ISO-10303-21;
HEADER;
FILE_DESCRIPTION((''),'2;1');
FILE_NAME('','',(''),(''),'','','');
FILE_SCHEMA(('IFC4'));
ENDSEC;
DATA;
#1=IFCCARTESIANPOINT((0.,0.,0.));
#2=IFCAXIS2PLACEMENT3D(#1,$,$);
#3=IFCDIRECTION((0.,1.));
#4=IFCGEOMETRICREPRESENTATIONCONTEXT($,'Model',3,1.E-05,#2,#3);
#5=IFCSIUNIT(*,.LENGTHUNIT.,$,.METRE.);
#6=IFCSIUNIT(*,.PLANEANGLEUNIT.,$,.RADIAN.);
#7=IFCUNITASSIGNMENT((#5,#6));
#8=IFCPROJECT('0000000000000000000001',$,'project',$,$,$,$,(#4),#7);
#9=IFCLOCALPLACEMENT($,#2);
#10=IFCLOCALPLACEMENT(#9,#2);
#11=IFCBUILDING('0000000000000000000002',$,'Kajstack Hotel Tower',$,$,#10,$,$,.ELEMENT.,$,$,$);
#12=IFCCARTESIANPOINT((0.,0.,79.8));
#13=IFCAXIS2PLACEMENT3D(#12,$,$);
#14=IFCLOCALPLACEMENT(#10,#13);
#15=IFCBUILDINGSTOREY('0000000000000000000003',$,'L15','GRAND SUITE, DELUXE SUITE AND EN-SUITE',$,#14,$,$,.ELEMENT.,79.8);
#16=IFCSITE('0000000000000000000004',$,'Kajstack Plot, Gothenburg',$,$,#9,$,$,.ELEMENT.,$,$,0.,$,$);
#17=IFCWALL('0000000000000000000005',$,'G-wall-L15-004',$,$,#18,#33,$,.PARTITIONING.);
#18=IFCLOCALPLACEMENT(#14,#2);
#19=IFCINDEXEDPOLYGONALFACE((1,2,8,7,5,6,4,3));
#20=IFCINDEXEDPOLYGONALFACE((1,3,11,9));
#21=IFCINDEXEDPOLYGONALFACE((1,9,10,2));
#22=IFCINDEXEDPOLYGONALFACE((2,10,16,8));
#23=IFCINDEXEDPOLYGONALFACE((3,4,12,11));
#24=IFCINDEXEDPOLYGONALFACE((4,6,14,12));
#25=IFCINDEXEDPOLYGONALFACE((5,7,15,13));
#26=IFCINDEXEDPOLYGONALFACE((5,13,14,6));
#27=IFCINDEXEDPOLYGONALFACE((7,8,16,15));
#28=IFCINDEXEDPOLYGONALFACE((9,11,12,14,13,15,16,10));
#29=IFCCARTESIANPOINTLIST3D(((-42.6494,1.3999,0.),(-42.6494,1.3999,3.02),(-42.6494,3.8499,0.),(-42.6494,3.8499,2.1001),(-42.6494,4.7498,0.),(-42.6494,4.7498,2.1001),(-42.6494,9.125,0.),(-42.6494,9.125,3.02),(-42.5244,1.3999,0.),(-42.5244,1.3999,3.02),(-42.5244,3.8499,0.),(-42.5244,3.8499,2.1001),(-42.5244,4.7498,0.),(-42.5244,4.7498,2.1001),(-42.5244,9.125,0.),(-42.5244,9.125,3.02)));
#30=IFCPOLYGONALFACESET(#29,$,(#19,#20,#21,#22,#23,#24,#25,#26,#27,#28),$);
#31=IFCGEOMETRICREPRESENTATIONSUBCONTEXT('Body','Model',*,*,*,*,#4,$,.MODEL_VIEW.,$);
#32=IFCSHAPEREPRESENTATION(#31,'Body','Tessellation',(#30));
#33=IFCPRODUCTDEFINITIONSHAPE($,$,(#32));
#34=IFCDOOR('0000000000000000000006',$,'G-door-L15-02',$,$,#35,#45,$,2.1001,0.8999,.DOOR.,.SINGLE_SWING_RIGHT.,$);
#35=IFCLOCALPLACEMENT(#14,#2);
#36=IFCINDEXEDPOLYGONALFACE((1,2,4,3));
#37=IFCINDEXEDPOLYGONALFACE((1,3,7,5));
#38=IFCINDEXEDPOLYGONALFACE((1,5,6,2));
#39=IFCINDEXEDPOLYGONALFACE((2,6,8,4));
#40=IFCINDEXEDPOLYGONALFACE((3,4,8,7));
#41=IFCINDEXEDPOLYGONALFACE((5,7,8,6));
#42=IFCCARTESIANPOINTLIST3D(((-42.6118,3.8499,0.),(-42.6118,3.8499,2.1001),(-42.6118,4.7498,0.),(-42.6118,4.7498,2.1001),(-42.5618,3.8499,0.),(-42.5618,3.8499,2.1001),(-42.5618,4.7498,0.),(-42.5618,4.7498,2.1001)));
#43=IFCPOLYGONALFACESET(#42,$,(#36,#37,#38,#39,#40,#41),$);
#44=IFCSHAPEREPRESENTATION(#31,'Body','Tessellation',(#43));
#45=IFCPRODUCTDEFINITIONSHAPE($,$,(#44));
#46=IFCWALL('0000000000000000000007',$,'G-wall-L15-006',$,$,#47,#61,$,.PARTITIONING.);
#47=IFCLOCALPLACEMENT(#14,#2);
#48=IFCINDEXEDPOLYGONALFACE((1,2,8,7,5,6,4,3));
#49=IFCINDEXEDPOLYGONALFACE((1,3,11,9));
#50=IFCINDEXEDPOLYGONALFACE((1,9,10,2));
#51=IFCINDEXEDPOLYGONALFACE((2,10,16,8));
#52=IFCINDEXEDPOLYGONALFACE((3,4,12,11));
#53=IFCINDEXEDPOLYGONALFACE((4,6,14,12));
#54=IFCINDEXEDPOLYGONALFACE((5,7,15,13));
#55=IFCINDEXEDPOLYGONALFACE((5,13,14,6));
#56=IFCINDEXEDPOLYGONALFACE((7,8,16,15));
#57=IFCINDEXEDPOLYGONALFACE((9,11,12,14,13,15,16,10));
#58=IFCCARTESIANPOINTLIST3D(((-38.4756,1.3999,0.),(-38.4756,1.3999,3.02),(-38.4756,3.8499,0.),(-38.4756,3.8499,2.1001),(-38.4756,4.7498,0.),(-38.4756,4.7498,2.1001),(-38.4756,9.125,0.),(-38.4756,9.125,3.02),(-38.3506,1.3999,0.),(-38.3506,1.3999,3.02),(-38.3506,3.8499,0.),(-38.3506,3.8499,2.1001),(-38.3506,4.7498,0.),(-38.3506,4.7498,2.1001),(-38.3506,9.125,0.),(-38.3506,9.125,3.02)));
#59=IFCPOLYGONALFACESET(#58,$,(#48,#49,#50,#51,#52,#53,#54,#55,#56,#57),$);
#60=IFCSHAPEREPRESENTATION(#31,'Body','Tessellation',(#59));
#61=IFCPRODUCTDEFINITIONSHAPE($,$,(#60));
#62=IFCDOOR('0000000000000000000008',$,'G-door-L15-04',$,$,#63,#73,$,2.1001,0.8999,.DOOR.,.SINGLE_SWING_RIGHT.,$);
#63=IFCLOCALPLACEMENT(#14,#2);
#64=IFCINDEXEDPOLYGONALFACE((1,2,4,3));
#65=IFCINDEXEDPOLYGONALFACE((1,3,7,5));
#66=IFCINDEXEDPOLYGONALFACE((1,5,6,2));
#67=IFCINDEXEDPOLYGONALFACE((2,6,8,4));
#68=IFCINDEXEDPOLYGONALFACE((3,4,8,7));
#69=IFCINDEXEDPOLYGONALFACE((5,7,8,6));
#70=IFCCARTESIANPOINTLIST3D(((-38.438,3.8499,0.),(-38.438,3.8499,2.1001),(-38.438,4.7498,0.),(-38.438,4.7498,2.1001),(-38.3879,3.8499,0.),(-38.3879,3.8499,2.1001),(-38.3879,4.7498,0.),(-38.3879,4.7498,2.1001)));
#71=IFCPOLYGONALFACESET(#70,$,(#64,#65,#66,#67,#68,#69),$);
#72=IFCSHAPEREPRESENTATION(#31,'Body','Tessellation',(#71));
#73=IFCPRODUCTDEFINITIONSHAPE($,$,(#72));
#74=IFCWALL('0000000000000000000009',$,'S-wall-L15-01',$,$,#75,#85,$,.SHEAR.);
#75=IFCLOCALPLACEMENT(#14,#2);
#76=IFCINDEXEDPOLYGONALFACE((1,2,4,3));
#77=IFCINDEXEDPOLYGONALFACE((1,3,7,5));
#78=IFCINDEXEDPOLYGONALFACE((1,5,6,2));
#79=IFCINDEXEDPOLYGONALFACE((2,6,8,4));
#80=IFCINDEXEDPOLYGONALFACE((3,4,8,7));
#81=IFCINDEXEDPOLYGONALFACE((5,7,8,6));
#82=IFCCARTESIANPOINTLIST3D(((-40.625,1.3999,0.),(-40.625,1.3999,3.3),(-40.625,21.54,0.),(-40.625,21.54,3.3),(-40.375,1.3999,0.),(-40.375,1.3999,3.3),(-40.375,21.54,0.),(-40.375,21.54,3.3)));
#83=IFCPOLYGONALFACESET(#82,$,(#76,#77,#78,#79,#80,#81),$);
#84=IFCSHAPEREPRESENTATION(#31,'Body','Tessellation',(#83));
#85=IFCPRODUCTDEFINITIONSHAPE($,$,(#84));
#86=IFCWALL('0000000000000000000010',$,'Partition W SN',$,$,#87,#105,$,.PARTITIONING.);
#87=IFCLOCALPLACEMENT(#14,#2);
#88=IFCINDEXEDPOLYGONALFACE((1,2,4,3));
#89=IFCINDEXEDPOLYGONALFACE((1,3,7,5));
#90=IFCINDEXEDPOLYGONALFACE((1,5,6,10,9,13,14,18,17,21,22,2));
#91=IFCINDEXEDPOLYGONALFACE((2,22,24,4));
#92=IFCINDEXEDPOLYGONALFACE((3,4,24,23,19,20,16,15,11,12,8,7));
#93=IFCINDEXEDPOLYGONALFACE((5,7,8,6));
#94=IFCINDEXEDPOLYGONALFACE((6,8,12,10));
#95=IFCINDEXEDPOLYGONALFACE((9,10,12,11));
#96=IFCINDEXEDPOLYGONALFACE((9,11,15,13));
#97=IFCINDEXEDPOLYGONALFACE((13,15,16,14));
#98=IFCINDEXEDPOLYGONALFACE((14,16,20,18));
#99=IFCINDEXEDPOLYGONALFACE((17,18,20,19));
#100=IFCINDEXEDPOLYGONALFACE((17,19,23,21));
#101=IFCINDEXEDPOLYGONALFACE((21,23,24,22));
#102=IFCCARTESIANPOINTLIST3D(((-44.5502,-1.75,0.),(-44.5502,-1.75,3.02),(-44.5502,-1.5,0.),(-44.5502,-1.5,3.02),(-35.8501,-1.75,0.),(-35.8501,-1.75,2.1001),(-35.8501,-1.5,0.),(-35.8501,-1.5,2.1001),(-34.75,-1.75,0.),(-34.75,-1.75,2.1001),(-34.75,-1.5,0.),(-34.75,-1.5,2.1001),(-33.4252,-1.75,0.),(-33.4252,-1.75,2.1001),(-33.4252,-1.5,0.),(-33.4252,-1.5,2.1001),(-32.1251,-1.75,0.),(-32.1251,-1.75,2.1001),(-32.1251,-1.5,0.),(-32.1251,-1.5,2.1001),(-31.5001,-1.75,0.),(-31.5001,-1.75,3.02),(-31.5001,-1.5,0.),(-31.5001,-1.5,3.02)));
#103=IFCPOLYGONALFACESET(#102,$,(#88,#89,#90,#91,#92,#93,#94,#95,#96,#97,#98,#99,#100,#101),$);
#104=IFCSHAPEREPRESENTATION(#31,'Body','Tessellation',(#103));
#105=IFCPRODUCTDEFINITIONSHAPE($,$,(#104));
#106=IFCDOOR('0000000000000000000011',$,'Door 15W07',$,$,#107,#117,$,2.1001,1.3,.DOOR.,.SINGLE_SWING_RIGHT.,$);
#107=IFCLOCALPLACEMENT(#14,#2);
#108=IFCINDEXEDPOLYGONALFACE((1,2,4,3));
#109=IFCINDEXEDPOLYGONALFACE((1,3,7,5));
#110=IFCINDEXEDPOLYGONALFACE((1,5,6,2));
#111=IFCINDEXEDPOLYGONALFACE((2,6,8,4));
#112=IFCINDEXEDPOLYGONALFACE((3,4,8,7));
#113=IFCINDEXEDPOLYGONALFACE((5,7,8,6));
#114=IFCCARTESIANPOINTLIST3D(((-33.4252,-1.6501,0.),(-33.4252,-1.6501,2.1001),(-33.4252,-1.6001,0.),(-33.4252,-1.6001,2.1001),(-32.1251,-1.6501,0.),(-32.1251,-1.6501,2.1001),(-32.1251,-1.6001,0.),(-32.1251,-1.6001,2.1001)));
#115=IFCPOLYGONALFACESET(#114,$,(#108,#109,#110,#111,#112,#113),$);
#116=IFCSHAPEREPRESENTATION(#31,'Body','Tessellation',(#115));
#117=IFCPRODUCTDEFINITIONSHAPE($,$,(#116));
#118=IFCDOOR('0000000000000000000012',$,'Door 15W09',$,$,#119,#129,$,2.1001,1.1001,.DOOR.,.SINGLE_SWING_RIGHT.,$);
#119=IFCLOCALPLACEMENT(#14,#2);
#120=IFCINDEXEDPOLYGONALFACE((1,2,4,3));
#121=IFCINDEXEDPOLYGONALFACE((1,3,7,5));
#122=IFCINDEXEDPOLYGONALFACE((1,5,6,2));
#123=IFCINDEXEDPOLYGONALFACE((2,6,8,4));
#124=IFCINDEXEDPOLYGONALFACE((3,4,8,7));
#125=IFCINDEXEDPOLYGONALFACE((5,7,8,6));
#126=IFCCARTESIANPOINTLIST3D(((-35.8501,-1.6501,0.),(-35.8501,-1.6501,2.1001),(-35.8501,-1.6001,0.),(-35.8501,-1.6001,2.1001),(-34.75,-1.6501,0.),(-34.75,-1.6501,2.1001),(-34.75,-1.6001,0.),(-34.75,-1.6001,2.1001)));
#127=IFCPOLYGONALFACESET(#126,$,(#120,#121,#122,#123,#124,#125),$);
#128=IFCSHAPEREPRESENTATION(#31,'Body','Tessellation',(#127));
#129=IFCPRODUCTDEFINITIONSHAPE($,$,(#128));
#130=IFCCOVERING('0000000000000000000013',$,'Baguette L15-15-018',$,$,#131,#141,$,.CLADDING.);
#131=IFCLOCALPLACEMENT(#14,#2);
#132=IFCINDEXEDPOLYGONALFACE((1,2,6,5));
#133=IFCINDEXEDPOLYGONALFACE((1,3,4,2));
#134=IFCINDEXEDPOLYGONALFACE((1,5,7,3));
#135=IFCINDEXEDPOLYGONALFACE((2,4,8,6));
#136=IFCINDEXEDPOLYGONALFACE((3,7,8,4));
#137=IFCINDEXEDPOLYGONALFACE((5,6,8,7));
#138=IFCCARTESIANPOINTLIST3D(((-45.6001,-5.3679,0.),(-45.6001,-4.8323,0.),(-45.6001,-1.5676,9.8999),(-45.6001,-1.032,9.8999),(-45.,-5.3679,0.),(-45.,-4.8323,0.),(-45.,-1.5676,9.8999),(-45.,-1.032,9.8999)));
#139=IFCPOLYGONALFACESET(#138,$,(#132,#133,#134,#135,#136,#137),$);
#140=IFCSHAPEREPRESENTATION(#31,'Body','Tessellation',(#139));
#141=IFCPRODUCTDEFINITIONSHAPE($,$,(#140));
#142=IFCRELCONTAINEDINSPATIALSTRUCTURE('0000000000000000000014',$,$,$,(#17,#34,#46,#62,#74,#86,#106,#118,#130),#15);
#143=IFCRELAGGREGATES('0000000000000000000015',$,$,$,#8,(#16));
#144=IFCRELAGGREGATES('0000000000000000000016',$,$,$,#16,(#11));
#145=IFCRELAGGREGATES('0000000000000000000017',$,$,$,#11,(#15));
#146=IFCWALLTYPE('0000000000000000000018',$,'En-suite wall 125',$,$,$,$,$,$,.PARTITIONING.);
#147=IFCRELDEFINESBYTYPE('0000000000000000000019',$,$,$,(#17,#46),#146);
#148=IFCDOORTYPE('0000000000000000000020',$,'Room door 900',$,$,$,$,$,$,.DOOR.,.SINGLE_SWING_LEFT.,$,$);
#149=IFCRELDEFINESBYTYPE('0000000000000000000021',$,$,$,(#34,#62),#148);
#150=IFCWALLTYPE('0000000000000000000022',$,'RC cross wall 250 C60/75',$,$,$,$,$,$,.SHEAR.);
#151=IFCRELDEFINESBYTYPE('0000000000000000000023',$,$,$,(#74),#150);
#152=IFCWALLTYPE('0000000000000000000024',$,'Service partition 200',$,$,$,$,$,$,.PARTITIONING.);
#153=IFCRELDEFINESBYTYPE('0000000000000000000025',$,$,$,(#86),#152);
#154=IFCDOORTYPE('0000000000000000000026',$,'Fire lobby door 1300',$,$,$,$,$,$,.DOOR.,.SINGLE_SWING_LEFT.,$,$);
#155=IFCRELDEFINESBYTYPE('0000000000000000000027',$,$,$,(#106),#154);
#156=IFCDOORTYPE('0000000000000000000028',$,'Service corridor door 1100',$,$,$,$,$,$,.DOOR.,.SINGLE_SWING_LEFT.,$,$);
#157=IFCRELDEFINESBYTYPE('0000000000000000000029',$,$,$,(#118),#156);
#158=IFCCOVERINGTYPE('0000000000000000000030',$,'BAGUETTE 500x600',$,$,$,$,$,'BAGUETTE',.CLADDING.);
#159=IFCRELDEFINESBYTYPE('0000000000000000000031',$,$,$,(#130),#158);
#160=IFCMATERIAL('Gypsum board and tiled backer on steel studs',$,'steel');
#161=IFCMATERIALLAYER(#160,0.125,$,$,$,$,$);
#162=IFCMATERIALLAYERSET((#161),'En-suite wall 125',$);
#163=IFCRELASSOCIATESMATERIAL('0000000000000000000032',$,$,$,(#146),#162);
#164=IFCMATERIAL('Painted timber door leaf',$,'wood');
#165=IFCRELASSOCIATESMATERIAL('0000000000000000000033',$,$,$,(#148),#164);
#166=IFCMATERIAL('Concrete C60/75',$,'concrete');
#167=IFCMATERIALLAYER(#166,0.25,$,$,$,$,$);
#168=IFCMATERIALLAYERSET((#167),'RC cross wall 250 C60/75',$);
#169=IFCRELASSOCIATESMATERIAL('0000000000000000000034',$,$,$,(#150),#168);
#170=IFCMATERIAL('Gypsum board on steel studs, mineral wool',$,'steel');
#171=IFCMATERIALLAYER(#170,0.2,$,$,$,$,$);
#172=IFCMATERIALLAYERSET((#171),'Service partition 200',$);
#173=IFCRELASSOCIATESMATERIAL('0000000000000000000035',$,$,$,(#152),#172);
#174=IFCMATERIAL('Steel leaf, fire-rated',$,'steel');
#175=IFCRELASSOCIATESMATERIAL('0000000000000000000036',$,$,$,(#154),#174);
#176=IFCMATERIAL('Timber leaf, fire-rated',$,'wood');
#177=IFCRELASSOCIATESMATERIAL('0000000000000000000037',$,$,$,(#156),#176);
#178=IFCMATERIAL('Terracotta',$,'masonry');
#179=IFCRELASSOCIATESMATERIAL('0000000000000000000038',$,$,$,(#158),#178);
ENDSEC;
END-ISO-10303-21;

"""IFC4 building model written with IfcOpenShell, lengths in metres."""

from ifc_helpers import new_model, si_unit, direction, frame, frame_2d, origin, origin_2d, place, context, subcontext, project, spatial, polyline, rectangle, outline, extrude, material, layer, layer_set, material_profile, profile_set, type_object, element, fill, save


model = new_model("IFC4")

# Units and contexts
model_context = context("Model", 3, precision=1e-05, world=origin(), true_north=direction((0.0, 1.0)))
body_context = subcontext(model_context, "Body", "Model", "MODEL_VIEW")
ifc_project = project(units=[si_unit("LENGTHUNIT", "METRE"), si_unit("PLANEANGLEUNIT", "RADIAN")], contexts=[model_context])

# Site, building, storey
site_placement = place(None, origin())
site = spatial("IfcSite", under=ifc_project, at=site_placement, Name="Kajstack Plot, Gothenburg", CompositionType="ELEMENT", RefElevation=0.0)
building_placement = place(site_placement, origin())
building = spatial("IfcBuilding", under=site, at=building_placement, Name="Kajstack Hotel Tower", CompositionType="ELEMENT")
storey_placement = place(building_placement, frame((0.0, 0.0, 79.8)))
storey = spatial("IfcBuildingStorey", under=building, at=storey_placement, Name="L15", Description="GRAND SUITE, DELUXE SUITE AND EN-SUITE", CompositionType="ELEMENT", Elevation=79.8)

# Shared definitions
ifc_material_1 = material(Name="Gypsum board on steel studs, mineral wool", Category="steel")

# Walls, openings, doors
ifc_material_2 = material(Name="Gypsum board and tiled backer on steel studs", Category="steel")
ifc_layer_1 = layer(ifc_material_2, 0.125)
ifc_layer_set_1 = layer_set([ifc_layer_1], Name="En-suite wall 125")
wall_type_1 = type_object("IfcWallType", Name="En-suite wall 125", PredefinedType="PARTITIONING", material=ifc_layer_set_1)
wall_1_placement = place(storey_placement, frame((-42.5869, 1.3999, 0.0), z_axis=(0.0, 0.0, 1.0), x_axis=(0.0, 1.0, 0.0)))
wall_1 = element("IfcWall", 1, at=wall_1_placement, inside=storey, type_object=wall_type_1, Name="G-wall-L15-004", PredefinedType="PARTITIONING", context=body_context, shape_type="SweptSolid", body=[
    extrude(rectangle(XDim=7.7251, YDim=0.125, at=frame_2d((3.8625, 0.0))), origin(), (0.0, 0.0, 1.0), 3.02),
])
opening_1_placement = place(wall_1_placement, frame((2.45, 0.0, 0.0)))
opening_1 = element("IfcOpeningElement", 2, at=opening_1_placement, cuts=wall_1, PredefinedType="OPENING", context=body_context, shape_type="SweptSolid", body=[
    extrude(rectangle(XDim=0.8999, YDim=2.1001, at=frame_2d((0.45, 1.05))), frame((0.0, 0.0725, 0.0), z_axis=(0.0, -1.0, 0.0), x_axis=(1.0, 0.0, 0.0)), (0.0, 0.0, 1.0), 0.145),
])
ifc_material_3 = material(Name="Painted timber door leaf", Category="wood")
door_type_1 = type_object("IfcDoorType", Name="Room door 900", OperationType="SINGLE_SWING_LEFT", PredefinedType="DOOR", material=ifc_material_3)
door_1_placement = place(opening_1_placement, origin())
door_1 = element("IfcDoor", 3, at=door_1_placement, inside=storey, type_object=door_type_1, Name="G-door-L15-02", OperationType="SINGLE_SWING_RIGHT", OverallHeight=2.1001, OverallWidth=0.8999, PredefinedType="DOOR", context=body_context, shape_type="SweptSolid", body=[
    extrude(rectangle(XDim=0.8999, YDim=2.1001, at=frame_2d((0.45, 1.05))), frame((0.0, 0.0249, 0.0), z_axis=(0.0, -1.0, 0.0), x_axis=(1.0, 0.0, 0.0)), (0.0, 0.0, 1.0), 0.05),
])
fill(opening_1, door_1)
wall_2_placement = place(storey_placement, frame((-38.4131, 1.3999, 0.0), z_axis=(0.0, 0.0, 1.0), x_axis=(0.0, 1.0, 0.0)))
wall_2 = element("IfcWall", 4, at=wall_2_placement, inside=storey, type_object=wall_type_1, Name="G-wall-L15-006", PredefinedType="PARTITIONING", context=body_context, shape_type="SweptSolid", body=[
    extrude(rectangle(XDim=7.7251, YDim=0.125, at=frame_2d((3.8625, 0.0))), origin(), (0.0, 0.0, 1.0), 3.02),
])
opening_2_placement = place(wall_2_placement, frame((2.45, 0.0, 0.0)))
opening_2 = element("IfcOpeningElement", 5, at=opening_2_placement, cuts=wall_2, PredefinedType="OPENING", context=body_context, shape_type="SweptSolid", body=[
    extrude(rectangle(XDim=0.8999, YDim=2.1001, at=frame_2d((0.45, 1.05))), frame((0.0, 0.0725, 0.0), z_axis=(0.0, -1.0, 0.0), x_axis=(1.0, 0.0, 0.0)), (0.0, 0.0, 1.0), 0.145),
])
door_2_placement = place(opening_2_placement, origin())
door_2 = element("IfcDoor", 6, at=door_2_placement, inside=storey, type_object=door_type_1, Name="G-door-L15-04", OperationType="SINGLE_SWING_RIGHT", OverallHeight=2.1001, OverallWidth=0.8999, PredefinedType="DOOR", context=body_context, shape_type="SweptSolid", body=[
    extrude(rectangle(XDim=0.8999, YDim=2.1001, at=frame_2d((0.45, 1.05))), frame((0.0, 0.0249, 0.0), z_axis=(0.0, -1.0, 0.0), x_axis=(1.0, 0.0, 0.0)), (0.0, 0.0, 1.0), 0.05),
])
fill(opening_2, door_2)

# Wall
ifc_material_4 = material(Name="Concrete C60/75", Category="concrete")
ifc_layer_2 = layer(ifc_material_4, 0.25)
ifc_layer_set_2 = layer_set([ifc_layer_2], Name="RC cross wall 250 C60/75")
wall_type_2 = type_object("IfcWallType", Name="RC cross wall 250 C60/75", PredefinedType="SHEAR", material=ifc_layer_set_2)
wall_3_placement = place(storey_placement, frame((-40.5, 1.3999, 0.0), z_axis=(0.0, 0.0, 1.0), x_axis=(0.0, 1.0, 0.0)))
element("IfcWall", 7, at=wall_3_placement, inside=storey, type_object=wall_type_2, Name="S-wall-L15-01", PredefinedType="SHEAR", context=body_context, shape_type="SweptSolid", body=[
    extrude(rectangle(XDim=20.1401, YDim=0.25, at=frame_2d((10.0701, 0.0))), origin(), (0.0, 0.0, 1.0), 3.3),
])

# Wall, openings, doors
ifc_layer_3 = layer(ifc_material_1, 0.2)
ifc_layer_set_3 = layer_set([ifc_layer_3], Name="Service partition 200")
wall_type_3 = type_object("IfcWallType", Name="Service partition 200", PredefinedType="PARTITIONING", material=ifc_layer_set_3)
wall_4_placement = place(storey_placement, frame((-44.55, -1.625, 0.0), z_axis=(0.0, 0.0, 1.0), x_axis=(1.0, 0.0, 0.0)))
wall_4 = element("IfcWall", 8, at=wall_4_placement, inside=storey, type_object=wall_type_3, Name="Partition W SN", PredefinedType="PARTITIONING", context=body_context, shape_type="SweptSolid", body=[
    extrude(rectangle(XDim=13.05, YDim=0.25, at=frame_2d((6.5249, 0.0))), origin(), (0.0, 0.0, 1.0), 3.02),
])
opening_3_placement = place(wall_4_placement, frame((11.125, 0.0, 0.0)))
opening_3 = element("IfcOpeningElement", 9, at=opening_3_placement, cuts=wall_4, PredefinedType="OPENING", context=body_context, shape_type="SweptSolid", body=[
    extrude(rectangle(XDim=1.3, YDim=2.1001, at=frame_2d((0.6499, 1.05))), frame((0.0, 0.135, 0.0), z_axis=(0.0, -1.0, 0.0), x_axis=(1.0, 0.0, 0.0)), (0.0, 0.0, 1.0), 0.27),
])
opening_4_placement = place(wall_4_placement, frame((8.7, 0.0, 0.0)))
opening_4 = element("IfcOpeningElement", 10, at=opening_4_placement, cuts=wall_4, PredefinedType="OPENING", context=body_context, shape_type="SweptSolid", body=[
    extrude(rectangle(XDim=1.1001, YDim=2.1001, at=frame_2d((0.55, 1.05))), frame((0.0, 0.135, 0.0), z_axis=(0.0, -1.0, 0.0), x_axis=(1.0, 0.0, 0.0)), (0.0, 0.0, 1.0), 0.27),
])
ifc_material_5 = material(Name="Steel leaf, fire-rated", Category="steel")
door_type_2 = type_object("IfcDoorType", Name="Fire lobby door 1300", OperationType="SINGLE_SWING_LEFT", PredefinedType="DOOR", material=ifc_material_5)
door_3_placement = place(opening_3_placement, origin())
door_3 = element("IfcDoor", 11, at=door_3_placement, inside=storey, type_object=door_type_2, Name="Door 15W07", OperationType="SINGLE_SWING_RIGHT", OverallHeight=2.1001, OverallWidth=1.3, PredefinedType="DOOR", context=body_context, shape_type="SweptSolid", body=[
    extrude(rectangle(XDim=1.3, YDim=2.1001, at=frame_2d((0.6499, 1.05))), frame((0.0, 0.0249, 0.0), z_axis=(0.0, -1.0, 0.0), x_axis=(1.0, 0.0, 0.0)), (0.0, 0.0, 1.0), 0.05),
])
fill(opening_3, door_3)
ifc_material_6 = material(Name="Timber leaf, fire-rated", Category="wood")
door_type_3 = type_object("IfcDoorType", Name="Service corridor door 1100", OperationType="SINGLE_SWING_LEFT", PredefinedType="DOOR", material=ifc_material_6)
door_4_placement = place(opening_4_placement, origin())
door_4 = element("IfcDoor", 12, at=door_4_placement, inside=storey, type_object=door_type_3, Name="Door 15W09", OperationType="SINGLE_SWING_RIGHT", OverallHeight=2.1001, OverallWidth=1.1001, PredefinedType="DOOR", context=body_context, shape_type="SweptSolid", body=[
    extrude(rectangle(XDim=1.1001, YDim=2.1001, at=frame_2d((0.55, 1.05))), frame((0.0, 0.0249, 0.0), z_axis=(0.0, -1.0, 0.0), x_axis=(1.0, 0.0, 0.0)), (0.0, 0.0, 1.0), 0.05),
])
fill(opening_4, door_4)

# Covering
ifc_material_7 = material(Name="Terracotta", Category="masonry")
ifc_material_profile = material_profile(ifc_material_7, rectangle(XDim=0.6001, YDim=0.5, at=origin_2d()), Name="Terracotta-clad concrete baguette 500 x 600")
ifc_profile_set = profile_set([ifc_material_profile], Name="Terracotta")
covering_type = type_object("IfcCoveringType", Name="BAGUETTE 500x600", ElementType="BAGUETTE", PredefinedType="CLADDING", material=ifc_profile_set)
covering_placement = place(storey_placement, frame((-45.0, -1.032, 0.0), z_axis=(-1.0, 0.0, 0.0), x_axis=(0.0, -1.0, 0.0)))
element("IfcCovering", 13, at=covering_placement, inside=storey, type_object=covering_type, Name="Baguette L15-15-018", PredefinedType="CLADDING", context=body_context, shape_type="SweptSolid", body=[
    extrude(outline(polyline([(0.0, 9.8999), (3.8003, 0.0), (4.3359, 0.0), (0.5356, 9.8999), (0.0, 9.8999)])), origin(), (0.0, 0.0, 1.0), 0.6001),
])

save(model, "model.ifc")
